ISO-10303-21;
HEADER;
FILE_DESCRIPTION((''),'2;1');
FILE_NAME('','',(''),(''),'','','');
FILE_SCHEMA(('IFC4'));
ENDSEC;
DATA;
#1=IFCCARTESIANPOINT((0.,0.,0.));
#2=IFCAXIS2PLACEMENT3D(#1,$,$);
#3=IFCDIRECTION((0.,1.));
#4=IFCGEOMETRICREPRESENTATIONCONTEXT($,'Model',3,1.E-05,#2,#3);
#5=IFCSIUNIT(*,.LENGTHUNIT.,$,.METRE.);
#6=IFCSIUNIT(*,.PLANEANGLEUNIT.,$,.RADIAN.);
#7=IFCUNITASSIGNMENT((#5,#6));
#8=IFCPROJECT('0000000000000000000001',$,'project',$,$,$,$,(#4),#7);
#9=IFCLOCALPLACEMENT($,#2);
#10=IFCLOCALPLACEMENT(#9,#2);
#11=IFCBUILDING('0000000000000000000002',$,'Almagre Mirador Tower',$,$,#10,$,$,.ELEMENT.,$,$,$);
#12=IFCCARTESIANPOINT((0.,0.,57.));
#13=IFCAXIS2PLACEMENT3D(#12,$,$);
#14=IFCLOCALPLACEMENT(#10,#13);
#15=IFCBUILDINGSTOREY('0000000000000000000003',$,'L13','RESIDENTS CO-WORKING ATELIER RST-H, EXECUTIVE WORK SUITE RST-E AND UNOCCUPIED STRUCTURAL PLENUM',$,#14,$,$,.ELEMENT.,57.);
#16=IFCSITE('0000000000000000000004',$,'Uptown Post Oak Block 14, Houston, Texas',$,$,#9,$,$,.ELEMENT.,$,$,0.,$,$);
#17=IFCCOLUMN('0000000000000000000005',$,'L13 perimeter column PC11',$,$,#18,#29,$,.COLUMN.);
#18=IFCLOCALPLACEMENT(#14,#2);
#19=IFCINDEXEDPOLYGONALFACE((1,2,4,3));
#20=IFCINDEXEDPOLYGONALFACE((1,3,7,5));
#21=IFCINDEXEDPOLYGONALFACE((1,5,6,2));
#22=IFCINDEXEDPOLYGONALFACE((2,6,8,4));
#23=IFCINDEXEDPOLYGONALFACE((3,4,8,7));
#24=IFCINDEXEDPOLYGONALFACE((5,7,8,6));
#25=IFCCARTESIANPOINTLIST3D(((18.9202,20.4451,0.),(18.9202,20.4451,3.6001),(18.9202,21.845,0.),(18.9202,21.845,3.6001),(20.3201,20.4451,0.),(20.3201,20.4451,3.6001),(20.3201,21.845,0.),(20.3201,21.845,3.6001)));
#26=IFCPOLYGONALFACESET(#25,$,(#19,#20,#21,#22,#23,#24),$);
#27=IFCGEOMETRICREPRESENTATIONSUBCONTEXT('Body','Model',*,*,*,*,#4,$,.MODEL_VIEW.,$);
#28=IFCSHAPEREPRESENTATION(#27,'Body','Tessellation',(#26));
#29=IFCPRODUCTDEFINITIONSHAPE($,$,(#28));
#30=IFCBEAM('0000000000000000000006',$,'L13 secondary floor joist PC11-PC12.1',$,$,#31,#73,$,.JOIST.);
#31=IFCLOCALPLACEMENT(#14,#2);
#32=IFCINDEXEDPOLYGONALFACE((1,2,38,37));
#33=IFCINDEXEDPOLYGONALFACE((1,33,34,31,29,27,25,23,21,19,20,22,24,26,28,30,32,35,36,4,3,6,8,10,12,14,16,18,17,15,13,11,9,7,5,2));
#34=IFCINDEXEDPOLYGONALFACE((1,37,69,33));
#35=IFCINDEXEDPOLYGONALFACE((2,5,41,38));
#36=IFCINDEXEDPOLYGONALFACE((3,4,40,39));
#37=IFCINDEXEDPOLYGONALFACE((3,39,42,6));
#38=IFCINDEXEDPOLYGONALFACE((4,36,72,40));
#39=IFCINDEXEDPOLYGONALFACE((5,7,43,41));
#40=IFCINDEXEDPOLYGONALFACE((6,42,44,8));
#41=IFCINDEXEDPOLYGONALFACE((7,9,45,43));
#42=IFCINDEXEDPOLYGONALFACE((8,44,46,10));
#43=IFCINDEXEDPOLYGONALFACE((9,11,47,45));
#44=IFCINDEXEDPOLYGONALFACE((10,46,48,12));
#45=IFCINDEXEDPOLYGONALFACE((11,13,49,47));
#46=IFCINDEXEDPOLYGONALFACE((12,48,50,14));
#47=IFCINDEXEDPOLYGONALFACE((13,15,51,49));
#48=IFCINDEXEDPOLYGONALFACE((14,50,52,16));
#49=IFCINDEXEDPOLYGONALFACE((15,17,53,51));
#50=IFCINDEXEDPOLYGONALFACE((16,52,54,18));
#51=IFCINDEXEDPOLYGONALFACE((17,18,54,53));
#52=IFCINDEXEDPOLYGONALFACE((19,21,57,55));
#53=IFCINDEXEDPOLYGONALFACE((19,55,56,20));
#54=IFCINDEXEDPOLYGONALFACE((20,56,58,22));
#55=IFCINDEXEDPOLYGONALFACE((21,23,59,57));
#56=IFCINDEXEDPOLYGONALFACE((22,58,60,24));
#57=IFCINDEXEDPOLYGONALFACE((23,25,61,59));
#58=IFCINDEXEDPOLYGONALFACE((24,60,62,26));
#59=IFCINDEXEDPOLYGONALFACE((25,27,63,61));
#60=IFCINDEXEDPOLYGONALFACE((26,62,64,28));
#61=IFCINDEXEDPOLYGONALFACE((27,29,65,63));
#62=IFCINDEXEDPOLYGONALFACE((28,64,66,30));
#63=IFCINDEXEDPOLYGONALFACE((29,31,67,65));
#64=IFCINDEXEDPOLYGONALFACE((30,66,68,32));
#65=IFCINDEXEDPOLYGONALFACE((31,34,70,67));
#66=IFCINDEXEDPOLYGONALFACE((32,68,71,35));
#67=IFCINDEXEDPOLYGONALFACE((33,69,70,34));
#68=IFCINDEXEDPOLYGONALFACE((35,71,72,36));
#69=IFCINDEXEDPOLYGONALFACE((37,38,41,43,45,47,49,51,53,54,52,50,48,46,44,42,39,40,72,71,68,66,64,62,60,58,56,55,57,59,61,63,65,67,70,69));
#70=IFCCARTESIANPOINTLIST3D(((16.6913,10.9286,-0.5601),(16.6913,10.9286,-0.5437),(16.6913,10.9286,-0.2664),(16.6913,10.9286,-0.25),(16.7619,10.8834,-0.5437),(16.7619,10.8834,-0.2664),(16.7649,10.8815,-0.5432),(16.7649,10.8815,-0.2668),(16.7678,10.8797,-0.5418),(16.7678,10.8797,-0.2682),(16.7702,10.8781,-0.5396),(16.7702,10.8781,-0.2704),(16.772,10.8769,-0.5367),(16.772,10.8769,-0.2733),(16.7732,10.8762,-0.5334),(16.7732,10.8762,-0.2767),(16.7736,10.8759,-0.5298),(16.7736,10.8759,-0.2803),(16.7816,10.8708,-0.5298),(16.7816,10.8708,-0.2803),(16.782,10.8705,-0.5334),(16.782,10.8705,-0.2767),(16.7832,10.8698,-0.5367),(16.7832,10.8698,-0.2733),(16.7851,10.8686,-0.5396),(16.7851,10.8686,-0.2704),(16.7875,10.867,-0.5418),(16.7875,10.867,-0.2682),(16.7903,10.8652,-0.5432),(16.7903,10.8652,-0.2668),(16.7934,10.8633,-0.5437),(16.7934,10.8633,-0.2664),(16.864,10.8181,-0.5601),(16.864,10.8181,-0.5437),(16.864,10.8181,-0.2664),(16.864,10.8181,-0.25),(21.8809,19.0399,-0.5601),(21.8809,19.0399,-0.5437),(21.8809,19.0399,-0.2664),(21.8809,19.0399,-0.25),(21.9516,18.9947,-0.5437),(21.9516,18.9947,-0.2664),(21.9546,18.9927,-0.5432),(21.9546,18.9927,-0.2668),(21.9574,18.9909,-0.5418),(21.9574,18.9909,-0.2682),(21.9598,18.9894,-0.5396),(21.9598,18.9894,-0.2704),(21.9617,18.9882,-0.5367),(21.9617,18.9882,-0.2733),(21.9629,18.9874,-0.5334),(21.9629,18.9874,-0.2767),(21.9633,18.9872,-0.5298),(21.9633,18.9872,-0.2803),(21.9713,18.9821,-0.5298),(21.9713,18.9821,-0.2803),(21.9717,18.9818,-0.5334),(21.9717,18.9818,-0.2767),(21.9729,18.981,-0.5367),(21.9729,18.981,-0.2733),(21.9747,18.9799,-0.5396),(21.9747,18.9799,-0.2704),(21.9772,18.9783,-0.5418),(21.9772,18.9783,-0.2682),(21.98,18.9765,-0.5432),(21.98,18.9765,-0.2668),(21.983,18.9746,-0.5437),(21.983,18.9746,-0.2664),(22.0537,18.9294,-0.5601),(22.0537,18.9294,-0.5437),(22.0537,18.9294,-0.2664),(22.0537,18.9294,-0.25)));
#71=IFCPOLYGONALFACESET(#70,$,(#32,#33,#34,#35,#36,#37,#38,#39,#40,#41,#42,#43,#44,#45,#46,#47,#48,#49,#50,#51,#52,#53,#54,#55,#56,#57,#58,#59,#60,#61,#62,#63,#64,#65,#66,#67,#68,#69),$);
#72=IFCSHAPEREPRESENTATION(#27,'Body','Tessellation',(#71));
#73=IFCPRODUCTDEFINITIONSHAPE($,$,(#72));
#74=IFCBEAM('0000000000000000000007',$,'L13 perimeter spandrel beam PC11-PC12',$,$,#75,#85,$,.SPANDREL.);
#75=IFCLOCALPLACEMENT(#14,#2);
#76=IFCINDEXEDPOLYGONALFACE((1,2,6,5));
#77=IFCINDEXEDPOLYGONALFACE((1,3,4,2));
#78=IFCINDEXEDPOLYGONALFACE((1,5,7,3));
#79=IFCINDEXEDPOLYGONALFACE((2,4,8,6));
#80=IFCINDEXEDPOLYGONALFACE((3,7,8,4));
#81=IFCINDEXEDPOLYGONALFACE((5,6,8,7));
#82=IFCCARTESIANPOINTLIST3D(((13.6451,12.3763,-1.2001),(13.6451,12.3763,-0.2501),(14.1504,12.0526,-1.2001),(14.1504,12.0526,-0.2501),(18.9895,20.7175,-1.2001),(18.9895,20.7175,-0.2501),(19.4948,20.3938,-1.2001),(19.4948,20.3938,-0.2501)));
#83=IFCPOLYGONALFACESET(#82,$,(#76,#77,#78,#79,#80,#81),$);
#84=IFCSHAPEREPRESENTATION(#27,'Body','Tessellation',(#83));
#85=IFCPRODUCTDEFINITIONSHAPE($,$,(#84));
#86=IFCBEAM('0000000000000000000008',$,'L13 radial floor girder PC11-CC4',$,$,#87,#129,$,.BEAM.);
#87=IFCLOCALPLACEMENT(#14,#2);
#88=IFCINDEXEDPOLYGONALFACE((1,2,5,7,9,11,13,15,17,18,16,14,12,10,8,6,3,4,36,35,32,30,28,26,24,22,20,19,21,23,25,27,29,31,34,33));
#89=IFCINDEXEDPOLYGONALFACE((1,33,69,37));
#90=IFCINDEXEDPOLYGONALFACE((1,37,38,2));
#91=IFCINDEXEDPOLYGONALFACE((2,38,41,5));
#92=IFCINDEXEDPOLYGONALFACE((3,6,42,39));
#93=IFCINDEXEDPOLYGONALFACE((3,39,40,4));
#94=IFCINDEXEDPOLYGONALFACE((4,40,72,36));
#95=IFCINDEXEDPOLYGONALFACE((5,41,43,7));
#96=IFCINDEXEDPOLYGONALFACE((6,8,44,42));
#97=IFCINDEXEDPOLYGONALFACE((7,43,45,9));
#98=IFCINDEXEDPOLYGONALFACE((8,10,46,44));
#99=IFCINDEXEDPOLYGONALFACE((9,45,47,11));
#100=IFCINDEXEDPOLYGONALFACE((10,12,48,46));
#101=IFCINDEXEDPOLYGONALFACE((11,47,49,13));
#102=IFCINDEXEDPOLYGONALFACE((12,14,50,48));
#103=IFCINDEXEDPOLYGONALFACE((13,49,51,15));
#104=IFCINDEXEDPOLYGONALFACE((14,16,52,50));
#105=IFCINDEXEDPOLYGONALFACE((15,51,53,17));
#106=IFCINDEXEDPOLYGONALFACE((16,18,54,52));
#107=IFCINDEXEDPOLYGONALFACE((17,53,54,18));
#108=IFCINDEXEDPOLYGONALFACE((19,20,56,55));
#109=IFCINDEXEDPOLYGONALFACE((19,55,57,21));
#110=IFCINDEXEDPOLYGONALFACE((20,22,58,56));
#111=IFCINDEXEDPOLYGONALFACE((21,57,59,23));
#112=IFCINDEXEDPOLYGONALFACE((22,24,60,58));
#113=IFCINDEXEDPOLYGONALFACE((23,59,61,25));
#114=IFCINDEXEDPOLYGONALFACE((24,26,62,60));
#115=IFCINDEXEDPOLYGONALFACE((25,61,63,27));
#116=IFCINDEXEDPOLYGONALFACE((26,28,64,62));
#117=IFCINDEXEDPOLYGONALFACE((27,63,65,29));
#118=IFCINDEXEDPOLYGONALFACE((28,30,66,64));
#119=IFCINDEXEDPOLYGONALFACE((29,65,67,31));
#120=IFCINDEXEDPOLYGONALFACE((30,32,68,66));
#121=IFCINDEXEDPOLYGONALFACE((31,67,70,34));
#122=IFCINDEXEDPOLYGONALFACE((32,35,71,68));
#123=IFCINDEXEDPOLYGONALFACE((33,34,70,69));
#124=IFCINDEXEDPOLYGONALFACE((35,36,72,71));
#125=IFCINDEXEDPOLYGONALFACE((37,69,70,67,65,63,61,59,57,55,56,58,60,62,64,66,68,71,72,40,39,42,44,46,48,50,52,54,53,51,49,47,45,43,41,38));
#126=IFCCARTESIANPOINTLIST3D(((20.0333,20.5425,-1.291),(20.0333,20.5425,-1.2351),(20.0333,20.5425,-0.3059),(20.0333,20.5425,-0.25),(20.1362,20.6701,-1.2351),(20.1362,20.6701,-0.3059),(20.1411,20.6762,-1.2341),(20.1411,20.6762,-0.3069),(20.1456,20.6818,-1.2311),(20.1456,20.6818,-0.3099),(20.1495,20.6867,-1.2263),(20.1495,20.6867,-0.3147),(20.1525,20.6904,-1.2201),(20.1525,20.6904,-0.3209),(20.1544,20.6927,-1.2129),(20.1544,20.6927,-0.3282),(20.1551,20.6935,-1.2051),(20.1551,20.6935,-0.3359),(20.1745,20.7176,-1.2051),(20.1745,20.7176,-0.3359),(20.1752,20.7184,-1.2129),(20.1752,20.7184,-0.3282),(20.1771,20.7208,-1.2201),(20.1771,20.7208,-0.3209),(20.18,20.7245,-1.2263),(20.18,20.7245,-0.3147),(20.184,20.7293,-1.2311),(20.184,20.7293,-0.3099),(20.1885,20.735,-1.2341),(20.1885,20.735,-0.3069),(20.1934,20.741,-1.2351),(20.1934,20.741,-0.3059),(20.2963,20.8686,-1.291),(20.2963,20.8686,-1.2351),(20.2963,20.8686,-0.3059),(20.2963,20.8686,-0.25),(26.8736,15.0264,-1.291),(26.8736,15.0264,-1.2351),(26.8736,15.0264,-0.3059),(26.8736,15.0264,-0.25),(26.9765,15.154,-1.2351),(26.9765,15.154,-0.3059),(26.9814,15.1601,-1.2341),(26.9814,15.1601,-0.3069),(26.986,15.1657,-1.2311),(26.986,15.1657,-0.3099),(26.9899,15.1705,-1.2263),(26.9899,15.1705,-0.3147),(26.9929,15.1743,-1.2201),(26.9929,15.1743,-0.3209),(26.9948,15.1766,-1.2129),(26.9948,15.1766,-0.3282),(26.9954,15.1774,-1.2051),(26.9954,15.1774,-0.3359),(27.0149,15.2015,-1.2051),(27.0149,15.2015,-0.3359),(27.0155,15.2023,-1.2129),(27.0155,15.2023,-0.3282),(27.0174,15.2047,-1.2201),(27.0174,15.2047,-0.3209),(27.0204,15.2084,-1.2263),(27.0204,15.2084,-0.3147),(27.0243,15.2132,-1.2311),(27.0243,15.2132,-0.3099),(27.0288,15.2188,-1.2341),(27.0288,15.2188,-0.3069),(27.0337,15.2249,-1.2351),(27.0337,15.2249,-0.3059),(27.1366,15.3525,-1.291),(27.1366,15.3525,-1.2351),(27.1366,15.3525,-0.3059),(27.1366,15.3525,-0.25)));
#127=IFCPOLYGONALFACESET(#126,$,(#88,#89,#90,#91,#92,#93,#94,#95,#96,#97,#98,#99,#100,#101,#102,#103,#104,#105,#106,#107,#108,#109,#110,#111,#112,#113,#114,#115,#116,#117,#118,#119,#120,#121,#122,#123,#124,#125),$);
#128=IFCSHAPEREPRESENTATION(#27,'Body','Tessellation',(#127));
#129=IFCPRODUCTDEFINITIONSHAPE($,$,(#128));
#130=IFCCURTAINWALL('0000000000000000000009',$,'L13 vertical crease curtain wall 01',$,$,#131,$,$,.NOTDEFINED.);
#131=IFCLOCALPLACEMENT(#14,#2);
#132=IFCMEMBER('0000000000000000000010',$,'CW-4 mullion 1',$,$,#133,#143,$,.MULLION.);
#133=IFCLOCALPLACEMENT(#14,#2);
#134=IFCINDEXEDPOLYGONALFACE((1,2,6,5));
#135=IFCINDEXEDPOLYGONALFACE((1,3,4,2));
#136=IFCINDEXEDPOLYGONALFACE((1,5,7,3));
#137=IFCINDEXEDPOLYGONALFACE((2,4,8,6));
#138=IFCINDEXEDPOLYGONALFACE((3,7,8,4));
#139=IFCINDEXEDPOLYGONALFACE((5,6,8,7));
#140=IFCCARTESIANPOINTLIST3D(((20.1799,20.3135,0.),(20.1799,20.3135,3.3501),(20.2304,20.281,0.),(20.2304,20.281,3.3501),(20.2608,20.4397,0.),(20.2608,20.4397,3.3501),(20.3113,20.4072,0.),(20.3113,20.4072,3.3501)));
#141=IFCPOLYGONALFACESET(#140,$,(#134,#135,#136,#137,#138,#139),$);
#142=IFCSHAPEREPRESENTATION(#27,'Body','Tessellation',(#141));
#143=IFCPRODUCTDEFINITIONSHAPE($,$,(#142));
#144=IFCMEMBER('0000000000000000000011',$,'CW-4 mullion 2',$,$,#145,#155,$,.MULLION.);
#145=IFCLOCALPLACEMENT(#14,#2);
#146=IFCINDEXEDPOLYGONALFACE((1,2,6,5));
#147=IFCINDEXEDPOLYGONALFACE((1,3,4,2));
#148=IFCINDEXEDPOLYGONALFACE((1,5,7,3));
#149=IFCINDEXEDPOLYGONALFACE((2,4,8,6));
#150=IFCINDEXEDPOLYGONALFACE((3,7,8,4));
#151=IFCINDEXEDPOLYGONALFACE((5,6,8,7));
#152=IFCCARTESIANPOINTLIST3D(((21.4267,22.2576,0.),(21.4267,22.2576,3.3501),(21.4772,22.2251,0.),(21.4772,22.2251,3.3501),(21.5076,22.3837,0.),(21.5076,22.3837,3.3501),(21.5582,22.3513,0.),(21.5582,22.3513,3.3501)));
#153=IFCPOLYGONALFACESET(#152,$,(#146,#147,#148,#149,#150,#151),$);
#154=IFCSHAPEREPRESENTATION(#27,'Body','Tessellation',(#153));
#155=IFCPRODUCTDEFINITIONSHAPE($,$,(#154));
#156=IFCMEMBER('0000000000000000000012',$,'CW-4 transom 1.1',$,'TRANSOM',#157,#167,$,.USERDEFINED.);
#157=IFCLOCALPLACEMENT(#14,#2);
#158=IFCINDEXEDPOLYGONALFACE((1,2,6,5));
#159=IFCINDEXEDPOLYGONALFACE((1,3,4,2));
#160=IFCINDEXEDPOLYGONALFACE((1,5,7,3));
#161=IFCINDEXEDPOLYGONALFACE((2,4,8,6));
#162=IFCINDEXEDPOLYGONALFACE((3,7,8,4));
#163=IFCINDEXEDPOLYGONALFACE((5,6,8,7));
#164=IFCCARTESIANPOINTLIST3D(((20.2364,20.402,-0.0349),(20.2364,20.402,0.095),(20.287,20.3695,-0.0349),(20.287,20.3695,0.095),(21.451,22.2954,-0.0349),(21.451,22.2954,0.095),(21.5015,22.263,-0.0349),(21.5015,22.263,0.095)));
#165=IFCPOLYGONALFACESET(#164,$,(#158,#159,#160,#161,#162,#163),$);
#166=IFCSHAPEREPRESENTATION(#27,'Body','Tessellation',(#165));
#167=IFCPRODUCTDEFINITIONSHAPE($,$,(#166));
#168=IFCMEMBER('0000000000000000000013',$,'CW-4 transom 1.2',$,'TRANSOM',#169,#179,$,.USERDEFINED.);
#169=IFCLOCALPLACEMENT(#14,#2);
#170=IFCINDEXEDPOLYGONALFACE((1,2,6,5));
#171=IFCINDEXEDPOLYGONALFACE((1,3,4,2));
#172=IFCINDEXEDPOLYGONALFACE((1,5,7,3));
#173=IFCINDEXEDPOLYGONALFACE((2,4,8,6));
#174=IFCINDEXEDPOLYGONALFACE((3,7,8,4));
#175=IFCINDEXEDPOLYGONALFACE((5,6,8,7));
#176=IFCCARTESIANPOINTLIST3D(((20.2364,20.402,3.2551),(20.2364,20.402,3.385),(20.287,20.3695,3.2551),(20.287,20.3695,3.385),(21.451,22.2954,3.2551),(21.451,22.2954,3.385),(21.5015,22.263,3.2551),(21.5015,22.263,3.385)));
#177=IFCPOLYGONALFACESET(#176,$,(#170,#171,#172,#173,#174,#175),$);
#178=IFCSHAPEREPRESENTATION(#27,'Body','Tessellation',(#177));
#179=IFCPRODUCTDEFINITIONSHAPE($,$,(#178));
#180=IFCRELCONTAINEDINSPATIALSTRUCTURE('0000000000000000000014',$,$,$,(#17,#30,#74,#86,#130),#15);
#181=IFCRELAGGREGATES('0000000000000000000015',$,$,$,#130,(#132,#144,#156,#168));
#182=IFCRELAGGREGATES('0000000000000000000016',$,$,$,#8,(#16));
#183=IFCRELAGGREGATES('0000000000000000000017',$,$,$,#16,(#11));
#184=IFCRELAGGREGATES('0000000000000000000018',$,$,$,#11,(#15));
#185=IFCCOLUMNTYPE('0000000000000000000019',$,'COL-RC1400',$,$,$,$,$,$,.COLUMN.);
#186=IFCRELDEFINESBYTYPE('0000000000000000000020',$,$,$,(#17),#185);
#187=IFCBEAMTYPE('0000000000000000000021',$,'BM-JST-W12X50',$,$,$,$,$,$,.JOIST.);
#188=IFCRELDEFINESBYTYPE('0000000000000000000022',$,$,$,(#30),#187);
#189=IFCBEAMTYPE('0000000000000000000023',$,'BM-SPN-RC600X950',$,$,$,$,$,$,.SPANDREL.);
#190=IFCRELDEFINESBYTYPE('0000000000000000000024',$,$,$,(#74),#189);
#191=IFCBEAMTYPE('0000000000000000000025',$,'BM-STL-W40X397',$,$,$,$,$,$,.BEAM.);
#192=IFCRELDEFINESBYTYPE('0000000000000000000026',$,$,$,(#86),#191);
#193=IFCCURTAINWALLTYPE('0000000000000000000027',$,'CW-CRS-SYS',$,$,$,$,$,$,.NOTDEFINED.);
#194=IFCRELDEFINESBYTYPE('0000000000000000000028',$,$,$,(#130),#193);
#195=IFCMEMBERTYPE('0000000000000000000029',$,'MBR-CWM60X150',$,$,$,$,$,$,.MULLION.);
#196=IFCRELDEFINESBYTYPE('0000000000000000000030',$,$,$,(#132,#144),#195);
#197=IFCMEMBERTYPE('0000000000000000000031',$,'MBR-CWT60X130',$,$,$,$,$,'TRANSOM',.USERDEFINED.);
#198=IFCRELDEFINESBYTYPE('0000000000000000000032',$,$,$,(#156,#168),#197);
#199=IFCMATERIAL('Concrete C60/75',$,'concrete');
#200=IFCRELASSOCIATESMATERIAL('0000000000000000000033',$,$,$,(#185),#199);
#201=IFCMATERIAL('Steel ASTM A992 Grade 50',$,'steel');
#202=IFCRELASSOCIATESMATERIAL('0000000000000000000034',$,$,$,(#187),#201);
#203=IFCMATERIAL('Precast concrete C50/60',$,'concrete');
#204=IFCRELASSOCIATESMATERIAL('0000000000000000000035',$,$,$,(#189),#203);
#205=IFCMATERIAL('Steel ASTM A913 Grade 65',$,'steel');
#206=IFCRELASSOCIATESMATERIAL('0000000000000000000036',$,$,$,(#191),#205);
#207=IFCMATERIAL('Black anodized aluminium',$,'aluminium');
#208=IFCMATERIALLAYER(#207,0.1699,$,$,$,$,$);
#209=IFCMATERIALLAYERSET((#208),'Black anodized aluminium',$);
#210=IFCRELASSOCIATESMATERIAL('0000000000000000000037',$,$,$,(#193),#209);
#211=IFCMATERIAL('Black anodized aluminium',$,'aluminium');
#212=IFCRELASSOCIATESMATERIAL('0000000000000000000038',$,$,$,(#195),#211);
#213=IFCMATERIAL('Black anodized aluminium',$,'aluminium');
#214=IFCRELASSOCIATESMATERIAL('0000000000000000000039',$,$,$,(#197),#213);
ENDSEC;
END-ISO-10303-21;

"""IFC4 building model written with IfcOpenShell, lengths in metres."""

from ifc_helpers import new_model, si_unit, direction, frame, origin, origin_2d, place, context, subcontext, project, spatial, rectangle, i_section, extrude, material, layer, layer_set, material_profile, profile_set, type_object, element, aggregate, save


model = new_model("IFC4")

# Units and contexts
model_context = context("Model", 3, precision=1e-05, world=origin(), true_north=direction((0.0, 1.0)))
body_context = subcontext(model_context, "Body", "Model", "MODEL_VIEW")
ifc_project = project(units=[si_unit("LENGTHUNIT", "METRE"), si_unit("PLANEANGLEUNIT", "RADIAN")], contexts=[model_context])

# Site, building, storey
site_placement = place(None, origin())
site = spatial("IfcSite", under=ifc_project, at=site_placement, Name="Uptown Post Oak Block 14, Houston, Texas", CompositionType="ELEMENT", RefElevation=0.0)
building_placement = place(site_placement, origin())
building = spatial("IfcBuilding", under=site, at=building_placement, Name="Almagre Mirador Tower", CompositionType="ELEMENT")
storey_placement = place(building_placement, frame((0.0, 0.0, 57.0)))
storey = spatial("IfcBuildingStorey", under=building, at=storey_placement, Name="L13", Description="RESIDENTS CO-WORKING ATELIER RST-H, EXECUTIVE WORK SUITE RST-E AND UNOCCUPIED STRUCTURAL PLENUM", CompositionType="ELEMENT", Elevation=57.0)

# Column
ifc_material_1 = material(Name="Concrete C60/75", Category="concrete")
ifc_material_profile_1 = material_profile(ifc_material_1, rectangle(XDim=1.3999, YDim=1.3999, at=origin_2d()), Name="RC1400X1400")
ifc_profile_set_1 = profile_set([ifc_material_profile_1], Name="Concrete C60/75")
column_type = type_object("IfcColumnType", Name="COL-RC1400", PredefinedType="COLUMN", material=ifc_profile_set_1)
column_placement = place(storey_placement, frame((19.6201, 21.145, 0.0), z_axis=(0.0, 0.0, 1.0), x_axis=(1.0, 0.0, 0.0)))
element("IfcColumn", 1, at=column_placement, inside=storey, type_object=column_type, Name="L13 perimeter column PC11", PredefinedType="COLUMN", context=body_context, shape_type="SweptSolid", body=[
    extrude(rectangle(XDim=1.3999, YDim=1.3999, at=origin_2d()), origin(), (0.0, 0.0, 1.0), 3.6001),
])

# Beams
ifc_material_2 = material(Name="Steel ASTM A992 Grade 50", Category="steel")
ifc_material_profile_2 = material_profile(ifc_material_2, i_section(OverallWidth=0.2051, OverallDepth=0.3101, WebThickness=0.0095, FlangeThickness=0.0164, FilletRadius=0.0139, at=origin_2d()), Name="W12X50")
ifc_profile_set_2 = profile_set([ifc_material_profile_2], Name="Steel ASTM A992 Grade 50")
beam_type_1 = type_object("IfcBeamType", Name="BM-JST-W12X50", PredefinedType="JOIST", material=ifc_profile_set_2)
beam_1_placement = place(storey_placement, frame((21.9673, 18.9846, -0.405), z_axis=(-0.538939, -0.842345, 0.0), x_axis=(0.842345, -0.538939, 0.0)))
element("IfcBeam", 2, at=beam_1_placement, inside=storey, type_object=beam_type_1, Name="L13 secondary floor joist PC11-PC12.1", PredefinedType="JOIST", context=body_context, shape_type="SweptSolid", body=[
    extrude(i_section(OverallWidth=0.2051, OverallDepth=0.3101, WebThickness=0.0095, FlangeThickness=0.0164, FilletRadius=0.0139, at=origin_2d()), origin(), (0.0, 0.0, 1.0), 9.6294),
])
ifc_material_3 = material(Name="Precast concrete C50/60", Category="concrete")
ifc_material_profile_3 = material_profile(ifc_material_3, rectangle(XDim=0.6001, YDim=0.95, at=origin_2d()), Name="RC600X950")
ifc_profile_set_3 = profile_set([ifc_material_profile_3], Name="Precast concrete C50/60")
beam_type_2 = type_object("IfcBeamType", Name="BM-SPN-RC600X950", PredefinedType="SPANDREL", material=ifc_profile_set_3)
beam_2_placement = place(storey_placement, frame((19.2422, 20.5557, -0.7251), z_axis=(-0.539487, -0.841994, 0.0), x_axis=(0.841994, -0.539487, 0.0)))
element("IfcBeam", 3, at=beam_2_placement, inside=storey, type_object=beam_type_2, Name="L13 perimeter spandrel beam PC11-PC12", PredefinedType="SPANDREL", context=body_context, shape_type="SweptSolid", body=[
    extrude(rectangle(XDim=0.6001, YDim=0.95, at=origin_2d()), origin(), (0.0, 0.0, 1.0), 9.9065),
])
ifc_material_4 = material(Name="Steel ASTM A913 Grade 65", Category="steel")
ifc_material_profile_4 = material_profile(ifc_material_4, i_section(OverallWidth=0.4189, OverallDepth=1.041, WebThickness=0.031, FlangeThickness=0.0559, FilletRadius=0.03, at=origin_2d()), Name="W40X397")
ifc_profile_set_4 = profile_set([ifc_material_profile_4], Name="Steel ASTM A913 Grade 65")
beam_type_3 = type_object("IfcBeamType", Name="BM-STL-W40X397", PredefinedType="BEAM", material=ifc_profile_set_4)
beam_3_placement = place(storey_placement, frame((20.1648, 20.7056, -0.7705), z_axis=(0.778429, -0.627733, 0.0), x_axis=(0.627733, 0.778429, 0.0)))
element("IfcBeam", 4, at=beam_3_placement, inside=storey, type_object=beam_type_3, Name="L13 radial floor girder PC11-CC4", PredefinedType="BEAM", context=body_context, shape_type="SweptSolid", body=[
    extrude(i_section(OverallWidth=0.4189, OverallDepth=1.041, WebThickness=0.031, FlangeThickness=0.0559, FilletRadius=0.03, at=origin_2d()), origin(), (0.0, 0.0, 1.0), 8.7874),
])

# Curtain wall, members
ifc_material_5 = material(Name="Black anodized aluminium", Category="aluminium")
ifc_layer_1 = layer(ifc_material_5, 0.1699)
ifc_layer_set_1 = layer_set([ifc_layer_1], Name="Black anodized aluminium")
curtain_wall_type = type_object("IfcCurtainWallType", Name="CW-CRS-SYS", PredefinedType="NOTDEFINED", material=ifc_layer_set_1)
curtain_wall_placement = place(storey_placement, origin())
curtain_wall = element("IfcCurtainWall", 5, at=curtain_wall_placement, inside=storey, type_object=curtain_wall_type, Name="L13 vertical crease curtain wall 01", PredefinedType="NOTDEFINED")
ifc_material_6 = material(Name="Black anodized aluminium", Category="aluminium")
ifc_material_profile_5 = material_profile(ifc_material_6, rectangle(XDim=0.0601, YDim=0.1499, at=origin_2d()), Name="CWM60X150")
ifc_profile_set_5 = profile_set([ifc_material_profile_5], Name="Black anodized aluminium")
member_type_1 = type_object("IfcMemberType", Name="MBR-CWM60X150", PredefinedType="MULLION", material=ifc_profile_set_5)
member_1_placement = place(storey_placement, frame((20.2456, 20.3604, 0.0), z_axis=(0.0, 0.0, 1.0), x_axis=(-0.841762, 0.539849, 0.0)))
member_1 = element("IfcMember", 6, at=member_1_placement, type_object=member_type_1, Name="CW-4 mullion 1", PredefinedType="MULLION", context=body_context, shape_type="SweptSolid", body=[
    extrude(rectangle(XDim=0.0601, YDim=0.1499, at=origin_2d()), origin(), (0.0, 0.0, 1.0), 3.3501),
])
member_2_placement = place(storey_placement, frame((21.4924, 22.3044, 0.0), z_axis=(0.0, 0.0, 1.0), x_axis=(-0.841762, 0.539849, 0.0)))
member_2 = element("IfcMember", 7, at=member_2_placement, type_object=member_type_1, Name="CW-4 mullion 2", PredefinedType="MULLION", context=body_context, shape_type="SweptSolid", body=[
    extrude(rectangle(XDim=0.0601, YDim=0.1499, at=origin_2d()), origin(), (0.0, 0.0, 1.0), 3.3501),
])
ifc_material_7 = material(Name="Black anodized aluminium", Category="aluminium")
ifc_material_profile_6 = material_profile(ifc_material_7, rectangle(XDim=0.0601, YDim=0.1299, at=origin_2d()), Name="CWT60X130")
ifc_profile_set_6 = profile_set([ifc_material_profile_6], Name="Black anodized aluminium")
member_type_2 = type_object("IfcMemberType", Name="MBR-CWT60X130", ElementType="TRANSOM", PredefinedType="USERDEFINED", material=ifc_profile_set_6)
member_3_placement = place(storey_placement, frame((20.2617, 20.3857, 0.03), z_axis=(0.539913, 0.841721, 0.0), x_axis=(-0.841721, 0.539913, 0.0)))
member_3 = element("IfcMember", 8, at=member_3_placement, type_object=member_type_2, Name="CW-4 transom 1.1", ObjectType="TRANSOM", PredefinedType="USERDEFINED", context=body_context, shape_type="SweptSolid", body=[
    extrude(rectangle(XDim=0.0601, YDim=0.1299, at=origin_2d()), origin(), (0.0, 0.0, 1.0), 2.2495),
])
member_4_placement = place(storey_placement, frame((20.2617, 20.3857, 3.3201), z_axis=(0.539913, 0.841721, 0.0), x_axis=(-0.841721, 0.539913, 0.0)))
member_4 = element("IfcMember", 9, at=member_4_placement, type_object=member_type_2, Name="CW-4 transom 1.2", ObjectType="TRANSOM", PredefinedType="USERDEFINED", context=body_context, shape_type="SweptSolid", body=[
    extrude(rectangle(XDim=0.0601, YDim=0.1299, at=origin_2d()), origin(), (0.0, 0.0, 1.0), 2.2495),
])
aggregate(curtain_wall, [member_1, member_2, member_3, member_4])

save(model, "model.ifc")
